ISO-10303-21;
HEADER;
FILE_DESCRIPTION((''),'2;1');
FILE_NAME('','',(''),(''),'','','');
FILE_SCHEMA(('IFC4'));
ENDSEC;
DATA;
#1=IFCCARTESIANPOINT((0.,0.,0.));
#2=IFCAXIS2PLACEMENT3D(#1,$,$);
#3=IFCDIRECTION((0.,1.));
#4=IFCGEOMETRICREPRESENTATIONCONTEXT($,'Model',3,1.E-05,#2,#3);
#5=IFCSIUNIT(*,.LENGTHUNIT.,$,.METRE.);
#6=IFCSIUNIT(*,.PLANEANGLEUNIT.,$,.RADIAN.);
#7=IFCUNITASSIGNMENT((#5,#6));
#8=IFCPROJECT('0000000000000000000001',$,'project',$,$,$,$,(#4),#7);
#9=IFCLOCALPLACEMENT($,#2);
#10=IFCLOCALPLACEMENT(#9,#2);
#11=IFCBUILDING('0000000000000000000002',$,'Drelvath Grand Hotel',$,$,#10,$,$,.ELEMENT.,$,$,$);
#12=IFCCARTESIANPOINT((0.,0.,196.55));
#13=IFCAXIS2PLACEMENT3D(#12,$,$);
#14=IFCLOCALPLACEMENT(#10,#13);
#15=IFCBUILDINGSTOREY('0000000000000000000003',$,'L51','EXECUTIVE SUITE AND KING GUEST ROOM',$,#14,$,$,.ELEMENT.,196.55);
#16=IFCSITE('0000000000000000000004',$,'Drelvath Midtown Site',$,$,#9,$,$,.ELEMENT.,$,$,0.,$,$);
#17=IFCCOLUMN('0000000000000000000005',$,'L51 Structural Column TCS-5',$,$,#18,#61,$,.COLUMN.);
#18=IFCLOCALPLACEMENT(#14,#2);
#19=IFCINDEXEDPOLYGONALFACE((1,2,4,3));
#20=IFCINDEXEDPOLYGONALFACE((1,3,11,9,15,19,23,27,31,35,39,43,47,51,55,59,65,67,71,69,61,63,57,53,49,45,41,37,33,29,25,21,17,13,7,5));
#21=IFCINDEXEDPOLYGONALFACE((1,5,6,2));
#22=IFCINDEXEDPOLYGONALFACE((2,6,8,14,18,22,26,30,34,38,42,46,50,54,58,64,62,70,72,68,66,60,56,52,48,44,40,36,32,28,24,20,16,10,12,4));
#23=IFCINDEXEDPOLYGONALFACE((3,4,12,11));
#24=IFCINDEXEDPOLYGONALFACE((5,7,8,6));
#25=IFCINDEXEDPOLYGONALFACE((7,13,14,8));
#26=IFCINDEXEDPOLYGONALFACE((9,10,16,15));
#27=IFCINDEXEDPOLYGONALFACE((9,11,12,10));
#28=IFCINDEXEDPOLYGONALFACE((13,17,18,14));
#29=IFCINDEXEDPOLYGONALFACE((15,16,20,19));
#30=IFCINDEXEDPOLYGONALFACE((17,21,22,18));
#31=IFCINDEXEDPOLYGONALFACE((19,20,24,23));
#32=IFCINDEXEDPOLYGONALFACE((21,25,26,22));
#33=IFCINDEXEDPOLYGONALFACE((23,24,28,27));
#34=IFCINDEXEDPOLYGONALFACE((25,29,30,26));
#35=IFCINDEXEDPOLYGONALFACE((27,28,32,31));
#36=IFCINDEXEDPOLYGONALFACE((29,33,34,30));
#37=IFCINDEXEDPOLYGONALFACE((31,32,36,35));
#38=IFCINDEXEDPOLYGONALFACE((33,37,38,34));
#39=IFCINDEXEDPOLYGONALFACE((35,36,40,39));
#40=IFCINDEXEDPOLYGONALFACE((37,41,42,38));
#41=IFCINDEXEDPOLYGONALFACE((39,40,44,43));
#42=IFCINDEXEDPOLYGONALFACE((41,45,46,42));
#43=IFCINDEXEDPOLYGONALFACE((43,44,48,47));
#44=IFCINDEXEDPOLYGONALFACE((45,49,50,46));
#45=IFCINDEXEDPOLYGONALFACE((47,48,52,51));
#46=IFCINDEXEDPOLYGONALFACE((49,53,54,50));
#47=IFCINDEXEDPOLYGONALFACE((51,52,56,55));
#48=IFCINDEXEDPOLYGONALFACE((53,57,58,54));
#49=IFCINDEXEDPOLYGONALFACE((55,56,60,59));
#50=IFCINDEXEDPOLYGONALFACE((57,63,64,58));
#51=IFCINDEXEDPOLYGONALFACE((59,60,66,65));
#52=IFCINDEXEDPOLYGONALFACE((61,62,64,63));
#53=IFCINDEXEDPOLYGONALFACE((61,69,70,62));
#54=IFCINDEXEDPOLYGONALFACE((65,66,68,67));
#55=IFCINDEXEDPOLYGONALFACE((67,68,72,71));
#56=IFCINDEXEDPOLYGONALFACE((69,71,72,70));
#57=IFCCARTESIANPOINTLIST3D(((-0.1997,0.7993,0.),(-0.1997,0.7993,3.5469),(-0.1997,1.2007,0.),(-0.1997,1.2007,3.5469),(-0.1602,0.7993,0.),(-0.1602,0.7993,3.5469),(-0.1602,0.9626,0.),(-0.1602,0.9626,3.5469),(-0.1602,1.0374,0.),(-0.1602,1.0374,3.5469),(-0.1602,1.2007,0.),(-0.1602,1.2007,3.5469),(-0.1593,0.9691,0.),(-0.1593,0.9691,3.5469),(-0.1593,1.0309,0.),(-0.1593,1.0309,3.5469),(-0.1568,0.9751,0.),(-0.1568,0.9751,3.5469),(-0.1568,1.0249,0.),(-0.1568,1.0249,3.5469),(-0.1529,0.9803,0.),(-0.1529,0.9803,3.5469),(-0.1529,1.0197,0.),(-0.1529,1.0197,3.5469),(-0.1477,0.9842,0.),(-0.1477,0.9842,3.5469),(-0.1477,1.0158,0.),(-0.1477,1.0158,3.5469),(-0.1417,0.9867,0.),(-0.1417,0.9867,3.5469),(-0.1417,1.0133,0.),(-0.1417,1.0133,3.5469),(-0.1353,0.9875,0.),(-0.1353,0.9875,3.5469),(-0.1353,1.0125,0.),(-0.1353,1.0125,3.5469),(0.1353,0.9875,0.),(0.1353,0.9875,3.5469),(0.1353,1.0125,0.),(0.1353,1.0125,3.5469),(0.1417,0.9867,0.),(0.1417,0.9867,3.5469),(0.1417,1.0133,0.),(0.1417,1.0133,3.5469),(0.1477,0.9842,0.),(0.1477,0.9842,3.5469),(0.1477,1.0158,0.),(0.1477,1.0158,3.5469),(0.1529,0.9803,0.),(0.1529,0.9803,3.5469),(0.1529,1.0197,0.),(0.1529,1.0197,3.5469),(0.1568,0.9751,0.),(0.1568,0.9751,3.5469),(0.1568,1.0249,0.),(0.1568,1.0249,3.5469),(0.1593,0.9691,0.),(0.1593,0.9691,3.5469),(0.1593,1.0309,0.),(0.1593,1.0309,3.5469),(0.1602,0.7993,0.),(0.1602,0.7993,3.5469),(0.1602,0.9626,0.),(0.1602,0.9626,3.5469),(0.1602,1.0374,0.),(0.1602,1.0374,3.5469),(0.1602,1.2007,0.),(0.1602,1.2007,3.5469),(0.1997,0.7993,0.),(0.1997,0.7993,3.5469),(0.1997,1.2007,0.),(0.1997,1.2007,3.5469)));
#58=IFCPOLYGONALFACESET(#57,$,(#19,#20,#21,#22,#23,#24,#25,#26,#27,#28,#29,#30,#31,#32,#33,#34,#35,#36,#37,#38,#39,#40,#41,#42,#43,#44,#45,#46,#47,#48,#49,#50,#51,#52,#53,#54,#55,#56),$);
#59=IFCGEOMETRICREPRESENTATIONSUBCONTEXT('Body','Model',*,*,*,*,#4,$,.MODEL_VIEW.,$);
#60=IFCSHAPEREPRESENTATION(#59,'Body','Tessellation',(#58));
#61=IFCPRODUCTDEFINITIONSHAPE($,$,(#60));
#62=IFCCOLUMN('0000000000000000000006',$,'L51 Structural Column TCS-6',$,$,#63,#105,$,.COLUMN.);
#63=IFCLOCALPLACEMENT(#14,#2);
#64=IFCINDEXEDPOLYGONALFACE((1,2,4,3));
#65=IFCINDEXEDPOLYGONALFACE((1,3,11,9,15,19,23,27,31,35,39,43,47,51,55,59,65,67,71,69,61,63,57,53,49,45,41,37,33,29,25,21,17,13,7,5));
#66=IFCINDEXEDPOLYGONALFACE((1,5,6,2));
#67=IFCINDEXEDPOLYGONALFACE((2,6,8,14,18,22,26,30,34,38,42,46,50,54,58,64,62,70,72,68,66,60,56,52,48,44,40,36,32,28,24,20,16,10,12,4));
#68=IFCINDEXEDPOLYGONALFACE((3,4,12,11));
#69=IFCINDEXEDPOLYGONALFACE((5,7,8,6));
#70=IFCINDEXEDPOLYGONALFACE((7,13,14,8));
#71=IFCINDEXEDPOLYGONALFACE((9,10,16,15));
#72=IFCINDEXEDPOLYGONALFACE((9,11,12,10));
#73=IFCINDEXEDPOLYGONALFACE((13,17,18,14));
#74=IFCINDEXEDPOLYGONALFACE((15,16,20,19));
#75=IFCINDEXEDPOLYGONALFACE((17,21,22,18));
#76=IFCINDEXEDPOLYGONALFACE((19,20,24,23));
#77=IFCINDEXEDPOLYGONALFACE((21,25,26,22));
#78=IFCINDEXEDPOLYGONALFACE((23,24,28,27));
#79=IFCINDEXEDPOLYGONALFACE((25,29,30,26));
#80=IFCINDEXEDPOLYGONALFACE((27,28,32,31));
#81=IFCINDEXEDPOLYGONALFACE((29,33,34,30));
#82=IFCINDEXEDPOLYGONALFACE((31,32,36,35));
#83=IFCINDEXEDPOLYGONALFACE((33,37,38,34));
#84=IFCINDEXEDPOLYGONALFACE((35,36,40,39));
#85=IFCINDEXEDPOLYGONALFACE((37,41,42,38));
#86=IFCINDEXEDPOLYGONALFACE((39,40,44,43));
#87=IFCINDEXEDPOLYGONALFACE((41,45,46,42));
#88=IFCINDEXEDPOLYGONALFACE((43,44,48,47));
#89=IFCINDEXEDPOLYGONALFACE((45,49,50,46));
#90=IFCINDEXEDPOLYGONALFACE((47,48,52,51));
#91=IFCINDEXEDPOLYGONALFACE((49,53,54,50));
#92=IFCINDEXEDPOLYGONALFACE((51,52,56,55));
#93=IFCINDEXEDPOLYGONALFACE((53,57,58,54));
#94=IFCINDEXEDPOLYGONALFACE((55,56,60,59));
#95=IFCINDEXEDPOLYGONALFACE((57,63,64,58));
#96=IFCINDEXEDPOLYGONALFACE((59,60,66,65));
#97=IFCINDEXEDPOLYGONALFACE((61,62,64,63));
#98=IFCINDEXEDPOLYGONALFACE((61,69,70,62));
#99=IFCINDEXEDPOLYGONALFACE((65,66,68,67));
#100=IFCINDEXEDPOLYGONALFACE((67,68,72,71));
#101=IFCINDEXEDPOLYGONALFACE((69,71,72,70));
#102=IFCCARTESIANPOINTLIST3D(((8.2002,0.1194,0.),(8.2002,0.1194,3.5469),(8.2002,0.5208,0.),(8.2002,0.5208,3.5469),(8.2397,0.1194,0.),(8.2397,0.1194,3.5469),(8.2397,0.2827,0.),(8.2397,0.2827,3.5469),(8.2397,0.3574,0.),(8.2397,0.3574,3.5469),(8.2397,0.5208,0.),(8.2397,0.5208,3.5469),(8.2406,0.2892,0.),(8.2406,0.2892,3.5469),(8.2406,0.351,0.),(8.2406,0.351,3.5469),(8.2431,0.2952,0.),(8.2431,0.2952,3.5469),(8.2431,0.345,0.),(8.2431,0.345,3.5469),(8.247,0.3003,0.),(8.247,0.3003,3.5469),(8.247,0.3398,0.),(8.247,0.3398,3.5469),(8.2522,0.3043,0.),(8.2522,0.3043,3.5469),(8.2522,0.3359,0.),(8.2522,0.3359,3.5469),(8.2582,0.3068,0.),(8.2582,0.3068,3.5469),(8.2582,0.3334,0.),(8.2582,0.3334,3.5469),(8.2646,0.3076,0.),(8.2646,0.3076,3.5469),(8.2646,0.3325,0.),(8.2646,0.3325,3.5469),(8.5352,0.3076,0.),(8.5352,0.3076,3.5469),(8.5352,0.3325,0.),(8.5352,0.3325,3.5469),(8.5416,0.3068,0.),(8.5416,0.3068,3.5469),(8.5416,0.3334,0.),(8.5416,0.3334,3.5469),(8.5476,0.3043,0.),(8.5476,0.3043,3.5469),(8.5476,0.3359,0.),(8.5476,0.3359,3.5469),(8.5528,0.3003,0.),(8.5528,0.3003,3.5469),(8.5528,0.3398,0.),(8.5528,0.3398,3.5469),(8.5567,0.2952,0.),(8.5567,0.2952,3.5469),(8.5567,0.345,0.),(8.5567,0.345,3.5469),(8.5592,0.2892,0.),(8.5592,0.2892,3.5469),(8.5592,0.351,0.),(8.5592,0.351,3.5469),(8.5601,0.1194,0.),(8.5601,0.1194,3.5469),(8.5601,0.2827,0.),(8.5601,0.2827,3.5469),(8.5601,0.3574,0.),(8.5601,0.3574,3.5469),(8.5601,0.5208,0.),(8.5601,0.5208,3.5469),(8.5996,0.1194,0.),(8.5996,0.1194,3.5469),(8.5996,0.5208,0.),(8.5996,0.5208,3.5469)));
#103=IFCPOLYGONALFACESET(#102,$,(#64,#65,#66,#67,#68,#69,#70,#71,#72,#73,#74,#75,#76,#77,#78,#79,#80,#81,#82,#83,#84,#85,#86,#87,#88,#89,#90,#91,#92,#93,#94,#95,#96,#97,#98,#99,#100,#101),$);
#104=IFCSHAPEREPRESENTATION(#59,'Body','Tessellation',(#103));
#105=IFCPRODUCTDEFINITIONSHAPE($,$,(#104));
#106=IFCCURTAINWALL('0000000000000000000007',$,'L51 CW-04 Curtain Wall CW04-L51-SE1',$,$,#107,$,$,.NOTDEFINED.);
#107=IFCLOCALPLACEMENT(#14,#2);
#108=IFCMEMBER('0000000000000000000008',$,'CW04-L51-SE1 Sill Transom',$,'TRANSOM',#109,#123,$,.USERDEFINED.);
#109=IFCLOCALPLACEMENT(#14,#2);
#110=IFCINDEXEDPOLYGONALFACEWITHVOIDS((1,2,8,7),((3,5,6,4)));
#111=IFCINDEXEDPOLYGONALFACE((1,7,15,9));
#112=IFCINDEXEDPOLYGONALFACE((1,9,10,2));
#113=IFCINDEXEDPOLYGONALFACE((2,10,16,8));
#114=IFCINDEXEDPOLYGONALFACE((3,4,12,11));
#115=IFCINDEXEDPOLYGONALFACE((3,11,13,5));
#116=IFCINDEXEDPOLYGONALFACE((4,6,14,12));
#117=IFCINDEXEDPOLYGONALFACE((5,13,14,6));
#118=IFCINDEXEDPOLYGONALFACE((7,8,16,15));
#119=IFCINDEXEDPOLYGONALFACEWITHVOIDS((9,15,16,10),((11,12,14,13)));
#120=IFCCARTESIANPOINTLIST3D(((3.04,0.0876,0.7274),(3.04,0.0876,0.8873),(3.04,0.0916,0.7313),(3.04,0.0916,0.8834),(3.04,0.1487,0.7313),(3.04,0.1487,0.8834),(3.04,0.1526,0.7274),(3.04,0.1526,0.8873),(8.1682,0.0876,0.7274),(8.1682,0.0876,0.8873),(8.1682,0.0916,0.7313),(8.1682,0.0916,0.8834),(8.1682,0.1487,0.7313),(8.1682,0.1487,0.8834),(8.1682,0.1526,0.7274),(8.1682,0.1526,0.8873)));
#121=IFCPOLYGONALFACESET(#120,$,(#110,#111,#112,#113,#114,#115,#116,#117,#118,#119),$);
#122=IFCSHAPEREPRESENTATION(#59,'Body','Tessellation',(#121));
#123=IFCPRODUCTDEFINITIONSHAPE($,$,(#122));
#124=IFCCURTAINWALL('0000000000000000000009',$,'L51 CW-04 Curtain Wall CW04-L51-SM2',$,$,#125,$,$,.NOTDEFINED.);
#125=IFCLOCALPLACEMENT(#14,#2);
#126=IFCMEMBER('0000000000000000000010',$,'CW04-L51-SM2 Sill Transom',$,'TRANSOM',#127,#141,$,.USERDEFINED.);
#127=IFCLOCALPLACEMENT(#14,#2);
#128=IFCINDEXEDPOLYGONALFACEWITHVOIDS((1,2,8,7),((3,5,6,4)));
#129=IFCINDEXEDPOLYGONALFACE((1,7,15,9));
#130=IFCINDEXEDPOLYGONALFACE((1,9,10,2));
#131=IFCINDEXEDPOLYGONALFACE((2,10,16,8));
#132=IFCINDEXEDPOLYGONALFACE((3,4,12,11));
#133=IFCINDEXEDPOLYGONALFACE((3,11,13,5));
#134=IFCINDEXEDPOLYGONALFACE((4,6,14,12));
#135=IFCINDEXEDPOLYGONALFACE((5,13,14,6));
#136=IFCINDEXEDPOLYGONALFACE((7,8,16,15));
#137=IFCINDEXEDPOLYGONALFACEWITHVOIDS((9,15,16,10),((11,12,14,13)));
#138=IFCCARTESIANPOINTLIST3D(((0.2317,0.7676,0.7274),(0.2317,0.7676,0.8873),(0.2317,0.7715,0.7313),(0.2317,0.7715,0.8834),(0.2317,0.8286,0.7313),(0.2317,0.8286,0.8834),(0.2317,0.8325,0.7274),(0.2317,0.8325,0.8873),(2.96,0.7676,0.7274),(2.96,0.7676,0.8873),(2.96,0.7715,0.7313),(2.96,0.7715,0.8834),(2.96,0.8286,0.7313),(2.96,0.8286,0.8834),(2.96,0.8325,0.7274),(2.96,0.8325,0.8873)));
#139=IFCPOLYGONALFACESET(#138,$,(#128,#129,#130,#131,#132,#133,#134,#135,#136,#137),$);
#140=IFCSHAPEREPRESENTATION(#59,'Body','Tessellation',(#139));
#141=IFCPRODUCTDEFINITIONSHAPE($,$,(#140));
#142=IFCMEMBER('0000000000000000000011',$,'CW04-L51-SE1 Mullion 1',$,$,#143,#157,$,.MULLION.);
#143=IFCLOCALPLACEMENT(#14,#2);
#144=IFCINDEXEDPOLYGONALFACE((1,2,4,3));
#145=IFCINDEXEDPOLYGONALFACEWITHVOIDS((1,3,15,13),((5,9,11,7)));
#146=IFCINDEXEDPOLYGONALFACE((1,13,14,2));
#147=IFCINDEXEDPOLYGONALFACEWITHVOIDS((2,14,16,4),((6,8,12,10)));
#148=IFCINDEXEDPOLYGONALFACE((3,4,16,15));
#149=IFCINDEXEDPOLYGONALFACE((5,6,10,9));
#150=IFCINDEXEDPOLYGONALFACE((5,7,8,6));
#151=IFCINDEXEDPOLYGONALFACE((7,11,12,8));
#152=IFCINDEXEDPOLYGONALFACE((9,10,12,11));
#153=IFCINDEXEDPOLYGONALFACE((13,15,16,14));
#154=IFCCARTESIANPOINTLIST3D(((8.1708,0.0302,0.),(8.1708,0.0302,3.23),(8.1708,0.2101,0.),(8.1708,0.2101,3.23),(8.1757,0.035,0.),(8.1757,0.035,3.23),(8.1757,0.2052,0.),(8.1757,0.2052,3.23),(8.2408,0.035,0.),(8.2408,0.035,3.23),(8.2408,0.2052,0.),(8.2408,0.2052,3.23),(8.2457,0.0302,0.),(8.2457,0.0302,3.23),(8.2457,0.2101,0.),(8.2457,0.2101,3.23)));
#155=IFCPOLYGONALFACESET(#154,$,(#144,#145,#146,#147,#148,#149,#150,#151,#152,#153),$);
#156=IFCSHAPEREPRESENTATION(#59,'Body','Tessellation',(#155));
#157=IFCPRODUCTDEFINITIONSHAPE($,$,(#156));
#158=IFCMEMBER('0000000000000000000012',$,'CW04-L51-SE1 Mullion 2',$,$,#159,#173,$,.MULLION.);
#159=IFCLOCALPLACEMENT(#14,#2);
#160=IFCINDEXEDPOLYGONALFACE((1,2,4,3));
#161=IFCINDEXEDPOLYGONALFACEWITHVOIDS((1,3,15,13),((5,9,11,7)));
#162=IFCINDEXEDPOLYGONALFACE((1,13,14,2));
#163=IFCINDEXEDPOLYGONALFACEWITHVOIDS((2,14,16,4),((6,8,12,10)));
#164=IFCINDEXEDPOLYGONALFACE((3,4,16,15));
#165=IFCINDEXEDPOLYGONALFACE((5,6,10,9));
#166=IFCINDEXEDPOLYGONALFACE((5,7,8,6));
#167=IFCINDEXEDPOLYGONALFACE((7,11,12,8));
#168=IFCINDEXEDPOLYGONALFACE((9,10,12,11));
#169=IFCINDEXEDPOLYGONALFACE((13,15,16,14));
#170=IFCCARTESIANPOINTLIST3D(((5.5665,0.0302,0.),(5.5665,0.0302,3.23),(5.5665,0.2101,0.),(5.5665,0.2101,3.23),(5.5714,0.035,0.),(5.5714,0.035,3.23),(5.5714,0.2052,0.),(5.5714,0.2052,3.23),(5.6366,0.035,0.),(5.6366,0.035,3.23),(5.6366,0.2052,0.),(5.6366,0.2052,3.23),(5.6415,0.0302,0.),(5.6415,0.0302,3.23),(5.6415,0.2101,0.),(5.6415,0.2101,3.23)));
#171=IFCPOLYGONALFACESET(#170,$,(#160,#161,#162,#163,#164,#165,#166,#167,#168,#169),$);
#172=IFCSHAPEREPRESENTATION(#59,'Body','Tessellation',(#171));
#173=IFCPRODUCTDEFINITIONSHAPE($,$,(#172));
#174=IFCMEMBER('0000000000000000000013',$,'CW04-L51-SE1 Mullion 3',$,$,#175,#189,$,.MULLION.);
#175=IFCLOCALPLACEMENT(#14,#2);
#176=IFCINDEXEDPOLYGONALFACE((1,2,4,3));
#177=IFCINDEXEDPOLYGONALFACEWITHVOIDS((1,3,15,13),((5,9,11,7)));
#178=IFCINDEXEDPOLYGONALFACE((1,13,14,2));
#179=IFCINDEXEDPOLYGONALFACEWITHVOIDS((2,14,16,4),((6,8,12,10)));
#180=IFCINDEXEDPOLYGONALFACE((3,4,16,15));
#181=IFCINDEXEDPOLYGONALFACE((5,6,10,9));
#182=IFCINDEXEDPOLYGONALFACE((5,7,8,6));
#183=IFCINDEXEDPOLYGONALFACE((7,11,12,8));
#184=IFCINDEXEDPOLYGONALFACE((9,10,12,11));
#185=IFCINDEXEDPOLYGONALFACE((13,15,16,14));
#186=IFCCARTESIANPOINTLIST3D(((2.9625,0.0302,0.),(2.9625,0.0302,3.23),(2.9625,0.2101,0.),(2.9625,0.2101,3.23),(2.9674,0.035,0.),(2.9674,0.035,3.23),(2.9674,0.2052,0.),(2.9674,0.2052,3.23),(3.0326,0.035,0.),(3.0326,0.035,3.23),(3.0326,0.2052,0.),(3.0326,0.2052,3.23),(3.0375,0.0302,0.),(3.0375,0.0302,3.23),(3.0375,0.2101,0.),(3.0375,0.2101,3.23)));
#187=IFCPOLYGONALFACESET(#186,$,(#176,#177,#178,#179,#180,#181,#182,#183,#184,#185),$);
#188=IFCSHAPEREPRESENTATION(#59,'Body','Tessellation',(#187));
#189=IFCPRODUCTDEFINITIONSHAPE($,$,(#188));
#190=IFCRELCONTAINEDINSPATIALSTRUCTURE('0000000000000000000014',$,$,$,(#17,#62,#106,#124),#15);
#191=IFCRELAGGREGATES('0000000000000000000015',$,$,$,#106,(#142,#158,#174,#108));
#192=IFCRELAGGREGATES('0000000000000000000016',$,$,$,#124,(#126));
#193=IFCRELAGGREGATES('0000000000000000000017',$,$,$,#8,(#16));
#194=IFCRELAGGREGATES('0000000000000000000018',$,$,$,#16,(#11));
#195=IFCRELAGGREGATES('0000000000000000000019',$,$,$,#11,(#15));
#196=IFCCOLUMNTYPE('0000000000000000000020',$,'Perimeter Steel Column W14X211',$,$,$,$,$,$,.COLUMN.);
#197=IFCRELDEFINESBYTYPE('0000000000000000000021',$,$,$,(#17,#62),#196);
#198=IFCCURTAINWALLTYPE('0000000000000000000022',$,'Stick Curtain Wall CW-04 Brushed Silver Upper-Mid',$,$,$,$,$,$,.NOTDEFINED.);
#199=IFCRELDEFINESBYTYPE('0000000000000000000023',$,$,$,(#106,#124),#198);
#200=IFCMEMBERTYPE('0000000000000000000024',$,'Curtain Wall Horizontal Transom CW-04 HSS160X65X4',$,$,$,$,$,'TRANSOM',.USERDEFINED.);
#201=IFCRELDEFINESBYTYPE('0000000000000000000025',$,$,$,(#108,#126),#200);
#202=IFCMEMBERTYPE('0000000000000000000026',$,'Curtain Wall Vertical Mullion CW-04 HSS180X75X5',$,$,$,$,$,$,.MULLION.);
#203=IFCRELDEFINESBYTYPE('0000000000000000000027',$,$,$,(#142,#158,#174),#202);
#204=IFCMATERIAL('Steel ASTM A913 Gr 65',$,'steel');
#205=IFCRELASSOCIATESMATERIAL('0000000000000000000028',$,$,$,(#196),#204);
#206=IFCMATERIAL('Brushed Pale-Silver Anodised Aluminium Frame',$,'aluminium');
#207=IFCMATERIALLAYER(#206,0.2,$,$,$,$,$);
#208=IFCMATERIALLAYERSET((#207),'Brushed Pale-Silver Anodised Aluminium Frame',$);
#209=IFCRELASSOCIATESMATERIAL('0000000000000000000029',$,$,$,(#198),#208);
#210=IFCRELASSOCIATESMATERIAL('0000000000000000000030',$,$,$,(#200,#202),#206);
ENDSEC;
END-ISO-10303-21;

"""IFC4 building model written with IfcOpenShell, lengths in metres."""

from ifc_helpers import new_model, si_unit, direction, frame, origin, origin_2d, place, context, subcontext, project, spatial, hollow_rectangle, i_section, extrude, material, layer, layer_set, material_profile, profile_set, type_object, element, aggregate, save


model = new_model("IFC4")

# Units and contexts
model_context = context("Model", 3, precision=1e-05, world=origin(), true_north=direction((0.0, 1.0)))
body_context = subcontext(model_context, "Body", "Model", "MODEL_VIEW")
ifc_project = project(units=[si_unit("LENGTHUNIT", "METRE"), si_unit("PLANEANGLEUNIT", "RADIAN")], contexts=[model_context])

# Site, building, storey
site_placement = place(None, origin())
site = spatial("IfcSite", under=ifc_project, at=site_placement, Name="Drelvath Midtown Site", CompositionType="ELEMENT", RefElevation=0.0)
building_placement = place(site_placement, origin())
building = spatial("IfcBuilding", under=site, at=building_placement, Name="Drelvath Grand Hotel", CompositionType="ELEMENT")
storey_placement = place(building_placement, frame((0.0, 0.0, 196.55)))
storey = spatial("IfcBuildingStorey", under=building, at=storey_placement, Name="L51", Description="EXECUTIVE SUITE AND KING GUEST ROOM", CompositionType="ELEMENT", Elevation=196.55)

# Columns
ifc_material_1 = material(Name="Steel ASTM A913 Gr 65", Category="steel")
ifc_material_profile_1 = material_profile(ifc_material_1, i_section(OverallWidth=0.4014, OverallDepth=0.3994, WebThickness=0.0249, FlangeThickness=0.0396, FilletRadius=0.0249, at=origin_2d()), Name="W14X211")
ifc_profile_set_1 = profile_set([ifc_material_profile_1], Name="Steel ASTM A913 Gr 65")
column_type = type_object("IfcColumnType", Name="Perimeter Steel Column W14X211", PredefinedType="COLUMN", material=ifc_profile_set_1)
for number, where, z_axis, x_axis, name in (
    (1, (0.0, 1.0, 0.0), (0.0, 0.0, 1.0), (0.0, 1.0, 0.0), "L51 Structural Column TCS-5"),
    (2, (8.3999, 0.3201, 0.0), (0.0, 0.0, 1.0), (0.0, 1.0, 0.0), "L51 Structural Column TCS-6"),
):
    element("IfcColumn", number, at=place(storey_placement, frame(where, z_axis=z_axis, x_axis=x_axis)), inside=storey, type_object=column_type, Name=name, PredefinedType="COLUMN", context=body_context, shape_type="SweptSolid", body=[
        extrude(i_section(OverallWidth=0.4014, OverallDepth=0.3994, WebThickness=0.0249, FlangeThickness=0.0396, FilletRadius=0.0249, at=origin_2d()), origin(), (0.0, 0.0, 1.0), 3.5469),
    ])

# Curtain walls, members
ifc_material_2 = material(Name="Brushed Pale-Silver Anodised Aluminium Frame", Category="aluminium")
ifc_layer_1 = layer(ifc_material_2, 0.2)
ifc_layer_set_1 = layer_set([ifc_layer_1], Name="Brushed Pale-Silver Anodised Aluminium Frame")
curtain_wall_type = type_object("IfcCurtainWallType", Name="Stick Curtain Wall CW-04 Brushed Silver Upper-Mid", PredefinedType="NOTDEFINED", material=ifc_layer_set_1)
curtain_wall_1_placement = place(storey_placement, origin())
curtain_wall_1 = element("IfcCurtainWall", 3, at=curtain_wall_1_placement, inside=storey, type_object=curtain_wall_type, Name="L51 CW-04 Curtain Wall CW04-L51-SE1", PredefinedType="NOTDEFINED")
ifc_material_profile_2 = material_profile(ifc_material_2, hollow_rectangle(XDim=0.0649, YDim=0.1599, WallThickness=0.0039, at=origin_2d()), Name="HSS160X65X4")
ifc_profile_set_2 = profile_set([ifc_material_profile_2], Name="Brushed Pale-Silver Anodised Aluminium Frame")
member_type_1 = type_object("IfcMemberType", Name="Curtain Wall Horizontal Transom CW-04 HSS160X65X4", ElementType="TRANSOM", PredefinedType="USERDEFINED", material=ifc_profile_set_2)
member_1_placement = place(storey_placement, frame((8.1682, 0.1201, 0.8074), z_axis=(-1.0, 0.0, 0.0), x_axis=(0.0, -1.0, 0.0)))
member_1 = element("IfcMember", 4, at=member_1_placement, type_object=member_type_1, Name="CW04-L51-SE1 Sill Transom", ObjectType="TRANSOM", PredefinedType="USERDEFINED", context=body_context, shape_type="SweptSolid", body=[
    extrude(hollow_rectangle(XDim=0.0649, YDim=0.1599, WallThickness=0.0039, at=origin_2d()), origin(), (0.0, 0.0, 1.0), 5.1282),
])
curtain_wall_2_placement = place(storey_placement, origin())
curtain_wall_2 = element("IfcCurtainWall", 5, at=curtain_wall_2_placement, inside=storey, type_object=curtain_wall_type, Name="L51 CW-04 Curtain Wall CW04-L51-SM2", PredefinedType="NOTDEFINED")
member_2_placement = place(storey_placement, frame((2.96, 0.8, 0.8074), z_axis=(-1.0, 0.0, 0.0), x_axis=(0.0, -1.0, 0.0)))
member_2 = element("IfcMember", 6, at=member_2_placement, type_object=member_type_1, Name="CW04-L51-SM2 Sill Transom", ObjectType="TRANSOM", PredefinedType="USERDEFINED", context=body_context, shape_type="SweptSolid", body=[
    extrude(hollow_rectangle(XDim=0.0649, YDim=0.1599, WallThickness=0.0039, at=origin_2d()), origin(), (0.0, 0.0, 1.0), 2.7283),
])

# Members
ifc_material_profile_3 = material_profile(ifc_material_2, hollow_rectangle(XDim=0.075, YDim=0.1799, WallThickness=0.0049, at=origin_2d()), Name="HSS180X75X5")
ifc_profile_set_3 = profile_set([ifc_material_profile_3], Name="Brushed Pale-Silver Anodised Aluminium Frame")
member_type_2 = type_object("IfcMemberType", Name="Curtain Wall Vertical Mullion CW-04 HSS180X75X5", PredefinedType="MULLION", material=ifc_profile_set_3)
member_3_placement = place(storey_placement, frame((8.2083, 0.1201, 0.0), z_axis=(0.0, 0.0, 1.0), x_axis=(1.0, 0.0, 0.0)))
member_3 = element("IfcMember", 7, at=member_3_placement, type_object=member_type_2, Name="CW04-L51-SE1 Mullion 1", PredefinedType="MULLION", context=body_context, shape_type="SweptSolid", body=[
    extrude(hollow_rectangle(XDim=0.075, YDim=0.1799, WallThickness=0.0049, at=origin_2d()), origin(), (0.0, 0.0, 1.0), 3.23),
])
member_4_placement = place(storey_placement, frame((5.604, 0.1201, 0.0), z_axis=(0.0, 0.0, 1.0), x_axis=(1.0, 0.0, 0.0)))
member_4 = element("IfcMember", 8, at=member_4_placement, type_object=member_type_2, Name="CW04-L51-SE1 Mullion 2", PredefinedType="MULLION", context=body_context, shape_type="SweptSolid", body=[
    extrude(hollow_rectangle(XDim=0.075, YDim=0.1799, WallThickness=0.0049, at=origin_2d()), origin(), (0.0, 0.0, 1.0), 3.23),
])
member_5_placement = place(storey_placement, frame((3.0, 0.1201, 0.0), z_axis=(0.0, 0.0, 1.0), x_axis=(1.0, 0.0, 0.0)))
member_5 = element("IfcMember", 9, at=member_5_placement, type_object=member_type_2, Name="CW04-L51-SE1 Mullion 3", PredefinedType="MULLION", context=body_context, shape_type="SweptSolid", body=[
    extrude(hollow_rectangle(XDim=0.075, YDim=0.1799, WallThickness=0.0049, at=origin_2d()), origin(), (0.0, 0.0, 1.0), 3.23),
])

aggregate(curtain_wall_1, [member_3, member_4, member_5, member_1])
aggregate(curtain_wall_2, [member_2])

save(model, "model.ifc")
